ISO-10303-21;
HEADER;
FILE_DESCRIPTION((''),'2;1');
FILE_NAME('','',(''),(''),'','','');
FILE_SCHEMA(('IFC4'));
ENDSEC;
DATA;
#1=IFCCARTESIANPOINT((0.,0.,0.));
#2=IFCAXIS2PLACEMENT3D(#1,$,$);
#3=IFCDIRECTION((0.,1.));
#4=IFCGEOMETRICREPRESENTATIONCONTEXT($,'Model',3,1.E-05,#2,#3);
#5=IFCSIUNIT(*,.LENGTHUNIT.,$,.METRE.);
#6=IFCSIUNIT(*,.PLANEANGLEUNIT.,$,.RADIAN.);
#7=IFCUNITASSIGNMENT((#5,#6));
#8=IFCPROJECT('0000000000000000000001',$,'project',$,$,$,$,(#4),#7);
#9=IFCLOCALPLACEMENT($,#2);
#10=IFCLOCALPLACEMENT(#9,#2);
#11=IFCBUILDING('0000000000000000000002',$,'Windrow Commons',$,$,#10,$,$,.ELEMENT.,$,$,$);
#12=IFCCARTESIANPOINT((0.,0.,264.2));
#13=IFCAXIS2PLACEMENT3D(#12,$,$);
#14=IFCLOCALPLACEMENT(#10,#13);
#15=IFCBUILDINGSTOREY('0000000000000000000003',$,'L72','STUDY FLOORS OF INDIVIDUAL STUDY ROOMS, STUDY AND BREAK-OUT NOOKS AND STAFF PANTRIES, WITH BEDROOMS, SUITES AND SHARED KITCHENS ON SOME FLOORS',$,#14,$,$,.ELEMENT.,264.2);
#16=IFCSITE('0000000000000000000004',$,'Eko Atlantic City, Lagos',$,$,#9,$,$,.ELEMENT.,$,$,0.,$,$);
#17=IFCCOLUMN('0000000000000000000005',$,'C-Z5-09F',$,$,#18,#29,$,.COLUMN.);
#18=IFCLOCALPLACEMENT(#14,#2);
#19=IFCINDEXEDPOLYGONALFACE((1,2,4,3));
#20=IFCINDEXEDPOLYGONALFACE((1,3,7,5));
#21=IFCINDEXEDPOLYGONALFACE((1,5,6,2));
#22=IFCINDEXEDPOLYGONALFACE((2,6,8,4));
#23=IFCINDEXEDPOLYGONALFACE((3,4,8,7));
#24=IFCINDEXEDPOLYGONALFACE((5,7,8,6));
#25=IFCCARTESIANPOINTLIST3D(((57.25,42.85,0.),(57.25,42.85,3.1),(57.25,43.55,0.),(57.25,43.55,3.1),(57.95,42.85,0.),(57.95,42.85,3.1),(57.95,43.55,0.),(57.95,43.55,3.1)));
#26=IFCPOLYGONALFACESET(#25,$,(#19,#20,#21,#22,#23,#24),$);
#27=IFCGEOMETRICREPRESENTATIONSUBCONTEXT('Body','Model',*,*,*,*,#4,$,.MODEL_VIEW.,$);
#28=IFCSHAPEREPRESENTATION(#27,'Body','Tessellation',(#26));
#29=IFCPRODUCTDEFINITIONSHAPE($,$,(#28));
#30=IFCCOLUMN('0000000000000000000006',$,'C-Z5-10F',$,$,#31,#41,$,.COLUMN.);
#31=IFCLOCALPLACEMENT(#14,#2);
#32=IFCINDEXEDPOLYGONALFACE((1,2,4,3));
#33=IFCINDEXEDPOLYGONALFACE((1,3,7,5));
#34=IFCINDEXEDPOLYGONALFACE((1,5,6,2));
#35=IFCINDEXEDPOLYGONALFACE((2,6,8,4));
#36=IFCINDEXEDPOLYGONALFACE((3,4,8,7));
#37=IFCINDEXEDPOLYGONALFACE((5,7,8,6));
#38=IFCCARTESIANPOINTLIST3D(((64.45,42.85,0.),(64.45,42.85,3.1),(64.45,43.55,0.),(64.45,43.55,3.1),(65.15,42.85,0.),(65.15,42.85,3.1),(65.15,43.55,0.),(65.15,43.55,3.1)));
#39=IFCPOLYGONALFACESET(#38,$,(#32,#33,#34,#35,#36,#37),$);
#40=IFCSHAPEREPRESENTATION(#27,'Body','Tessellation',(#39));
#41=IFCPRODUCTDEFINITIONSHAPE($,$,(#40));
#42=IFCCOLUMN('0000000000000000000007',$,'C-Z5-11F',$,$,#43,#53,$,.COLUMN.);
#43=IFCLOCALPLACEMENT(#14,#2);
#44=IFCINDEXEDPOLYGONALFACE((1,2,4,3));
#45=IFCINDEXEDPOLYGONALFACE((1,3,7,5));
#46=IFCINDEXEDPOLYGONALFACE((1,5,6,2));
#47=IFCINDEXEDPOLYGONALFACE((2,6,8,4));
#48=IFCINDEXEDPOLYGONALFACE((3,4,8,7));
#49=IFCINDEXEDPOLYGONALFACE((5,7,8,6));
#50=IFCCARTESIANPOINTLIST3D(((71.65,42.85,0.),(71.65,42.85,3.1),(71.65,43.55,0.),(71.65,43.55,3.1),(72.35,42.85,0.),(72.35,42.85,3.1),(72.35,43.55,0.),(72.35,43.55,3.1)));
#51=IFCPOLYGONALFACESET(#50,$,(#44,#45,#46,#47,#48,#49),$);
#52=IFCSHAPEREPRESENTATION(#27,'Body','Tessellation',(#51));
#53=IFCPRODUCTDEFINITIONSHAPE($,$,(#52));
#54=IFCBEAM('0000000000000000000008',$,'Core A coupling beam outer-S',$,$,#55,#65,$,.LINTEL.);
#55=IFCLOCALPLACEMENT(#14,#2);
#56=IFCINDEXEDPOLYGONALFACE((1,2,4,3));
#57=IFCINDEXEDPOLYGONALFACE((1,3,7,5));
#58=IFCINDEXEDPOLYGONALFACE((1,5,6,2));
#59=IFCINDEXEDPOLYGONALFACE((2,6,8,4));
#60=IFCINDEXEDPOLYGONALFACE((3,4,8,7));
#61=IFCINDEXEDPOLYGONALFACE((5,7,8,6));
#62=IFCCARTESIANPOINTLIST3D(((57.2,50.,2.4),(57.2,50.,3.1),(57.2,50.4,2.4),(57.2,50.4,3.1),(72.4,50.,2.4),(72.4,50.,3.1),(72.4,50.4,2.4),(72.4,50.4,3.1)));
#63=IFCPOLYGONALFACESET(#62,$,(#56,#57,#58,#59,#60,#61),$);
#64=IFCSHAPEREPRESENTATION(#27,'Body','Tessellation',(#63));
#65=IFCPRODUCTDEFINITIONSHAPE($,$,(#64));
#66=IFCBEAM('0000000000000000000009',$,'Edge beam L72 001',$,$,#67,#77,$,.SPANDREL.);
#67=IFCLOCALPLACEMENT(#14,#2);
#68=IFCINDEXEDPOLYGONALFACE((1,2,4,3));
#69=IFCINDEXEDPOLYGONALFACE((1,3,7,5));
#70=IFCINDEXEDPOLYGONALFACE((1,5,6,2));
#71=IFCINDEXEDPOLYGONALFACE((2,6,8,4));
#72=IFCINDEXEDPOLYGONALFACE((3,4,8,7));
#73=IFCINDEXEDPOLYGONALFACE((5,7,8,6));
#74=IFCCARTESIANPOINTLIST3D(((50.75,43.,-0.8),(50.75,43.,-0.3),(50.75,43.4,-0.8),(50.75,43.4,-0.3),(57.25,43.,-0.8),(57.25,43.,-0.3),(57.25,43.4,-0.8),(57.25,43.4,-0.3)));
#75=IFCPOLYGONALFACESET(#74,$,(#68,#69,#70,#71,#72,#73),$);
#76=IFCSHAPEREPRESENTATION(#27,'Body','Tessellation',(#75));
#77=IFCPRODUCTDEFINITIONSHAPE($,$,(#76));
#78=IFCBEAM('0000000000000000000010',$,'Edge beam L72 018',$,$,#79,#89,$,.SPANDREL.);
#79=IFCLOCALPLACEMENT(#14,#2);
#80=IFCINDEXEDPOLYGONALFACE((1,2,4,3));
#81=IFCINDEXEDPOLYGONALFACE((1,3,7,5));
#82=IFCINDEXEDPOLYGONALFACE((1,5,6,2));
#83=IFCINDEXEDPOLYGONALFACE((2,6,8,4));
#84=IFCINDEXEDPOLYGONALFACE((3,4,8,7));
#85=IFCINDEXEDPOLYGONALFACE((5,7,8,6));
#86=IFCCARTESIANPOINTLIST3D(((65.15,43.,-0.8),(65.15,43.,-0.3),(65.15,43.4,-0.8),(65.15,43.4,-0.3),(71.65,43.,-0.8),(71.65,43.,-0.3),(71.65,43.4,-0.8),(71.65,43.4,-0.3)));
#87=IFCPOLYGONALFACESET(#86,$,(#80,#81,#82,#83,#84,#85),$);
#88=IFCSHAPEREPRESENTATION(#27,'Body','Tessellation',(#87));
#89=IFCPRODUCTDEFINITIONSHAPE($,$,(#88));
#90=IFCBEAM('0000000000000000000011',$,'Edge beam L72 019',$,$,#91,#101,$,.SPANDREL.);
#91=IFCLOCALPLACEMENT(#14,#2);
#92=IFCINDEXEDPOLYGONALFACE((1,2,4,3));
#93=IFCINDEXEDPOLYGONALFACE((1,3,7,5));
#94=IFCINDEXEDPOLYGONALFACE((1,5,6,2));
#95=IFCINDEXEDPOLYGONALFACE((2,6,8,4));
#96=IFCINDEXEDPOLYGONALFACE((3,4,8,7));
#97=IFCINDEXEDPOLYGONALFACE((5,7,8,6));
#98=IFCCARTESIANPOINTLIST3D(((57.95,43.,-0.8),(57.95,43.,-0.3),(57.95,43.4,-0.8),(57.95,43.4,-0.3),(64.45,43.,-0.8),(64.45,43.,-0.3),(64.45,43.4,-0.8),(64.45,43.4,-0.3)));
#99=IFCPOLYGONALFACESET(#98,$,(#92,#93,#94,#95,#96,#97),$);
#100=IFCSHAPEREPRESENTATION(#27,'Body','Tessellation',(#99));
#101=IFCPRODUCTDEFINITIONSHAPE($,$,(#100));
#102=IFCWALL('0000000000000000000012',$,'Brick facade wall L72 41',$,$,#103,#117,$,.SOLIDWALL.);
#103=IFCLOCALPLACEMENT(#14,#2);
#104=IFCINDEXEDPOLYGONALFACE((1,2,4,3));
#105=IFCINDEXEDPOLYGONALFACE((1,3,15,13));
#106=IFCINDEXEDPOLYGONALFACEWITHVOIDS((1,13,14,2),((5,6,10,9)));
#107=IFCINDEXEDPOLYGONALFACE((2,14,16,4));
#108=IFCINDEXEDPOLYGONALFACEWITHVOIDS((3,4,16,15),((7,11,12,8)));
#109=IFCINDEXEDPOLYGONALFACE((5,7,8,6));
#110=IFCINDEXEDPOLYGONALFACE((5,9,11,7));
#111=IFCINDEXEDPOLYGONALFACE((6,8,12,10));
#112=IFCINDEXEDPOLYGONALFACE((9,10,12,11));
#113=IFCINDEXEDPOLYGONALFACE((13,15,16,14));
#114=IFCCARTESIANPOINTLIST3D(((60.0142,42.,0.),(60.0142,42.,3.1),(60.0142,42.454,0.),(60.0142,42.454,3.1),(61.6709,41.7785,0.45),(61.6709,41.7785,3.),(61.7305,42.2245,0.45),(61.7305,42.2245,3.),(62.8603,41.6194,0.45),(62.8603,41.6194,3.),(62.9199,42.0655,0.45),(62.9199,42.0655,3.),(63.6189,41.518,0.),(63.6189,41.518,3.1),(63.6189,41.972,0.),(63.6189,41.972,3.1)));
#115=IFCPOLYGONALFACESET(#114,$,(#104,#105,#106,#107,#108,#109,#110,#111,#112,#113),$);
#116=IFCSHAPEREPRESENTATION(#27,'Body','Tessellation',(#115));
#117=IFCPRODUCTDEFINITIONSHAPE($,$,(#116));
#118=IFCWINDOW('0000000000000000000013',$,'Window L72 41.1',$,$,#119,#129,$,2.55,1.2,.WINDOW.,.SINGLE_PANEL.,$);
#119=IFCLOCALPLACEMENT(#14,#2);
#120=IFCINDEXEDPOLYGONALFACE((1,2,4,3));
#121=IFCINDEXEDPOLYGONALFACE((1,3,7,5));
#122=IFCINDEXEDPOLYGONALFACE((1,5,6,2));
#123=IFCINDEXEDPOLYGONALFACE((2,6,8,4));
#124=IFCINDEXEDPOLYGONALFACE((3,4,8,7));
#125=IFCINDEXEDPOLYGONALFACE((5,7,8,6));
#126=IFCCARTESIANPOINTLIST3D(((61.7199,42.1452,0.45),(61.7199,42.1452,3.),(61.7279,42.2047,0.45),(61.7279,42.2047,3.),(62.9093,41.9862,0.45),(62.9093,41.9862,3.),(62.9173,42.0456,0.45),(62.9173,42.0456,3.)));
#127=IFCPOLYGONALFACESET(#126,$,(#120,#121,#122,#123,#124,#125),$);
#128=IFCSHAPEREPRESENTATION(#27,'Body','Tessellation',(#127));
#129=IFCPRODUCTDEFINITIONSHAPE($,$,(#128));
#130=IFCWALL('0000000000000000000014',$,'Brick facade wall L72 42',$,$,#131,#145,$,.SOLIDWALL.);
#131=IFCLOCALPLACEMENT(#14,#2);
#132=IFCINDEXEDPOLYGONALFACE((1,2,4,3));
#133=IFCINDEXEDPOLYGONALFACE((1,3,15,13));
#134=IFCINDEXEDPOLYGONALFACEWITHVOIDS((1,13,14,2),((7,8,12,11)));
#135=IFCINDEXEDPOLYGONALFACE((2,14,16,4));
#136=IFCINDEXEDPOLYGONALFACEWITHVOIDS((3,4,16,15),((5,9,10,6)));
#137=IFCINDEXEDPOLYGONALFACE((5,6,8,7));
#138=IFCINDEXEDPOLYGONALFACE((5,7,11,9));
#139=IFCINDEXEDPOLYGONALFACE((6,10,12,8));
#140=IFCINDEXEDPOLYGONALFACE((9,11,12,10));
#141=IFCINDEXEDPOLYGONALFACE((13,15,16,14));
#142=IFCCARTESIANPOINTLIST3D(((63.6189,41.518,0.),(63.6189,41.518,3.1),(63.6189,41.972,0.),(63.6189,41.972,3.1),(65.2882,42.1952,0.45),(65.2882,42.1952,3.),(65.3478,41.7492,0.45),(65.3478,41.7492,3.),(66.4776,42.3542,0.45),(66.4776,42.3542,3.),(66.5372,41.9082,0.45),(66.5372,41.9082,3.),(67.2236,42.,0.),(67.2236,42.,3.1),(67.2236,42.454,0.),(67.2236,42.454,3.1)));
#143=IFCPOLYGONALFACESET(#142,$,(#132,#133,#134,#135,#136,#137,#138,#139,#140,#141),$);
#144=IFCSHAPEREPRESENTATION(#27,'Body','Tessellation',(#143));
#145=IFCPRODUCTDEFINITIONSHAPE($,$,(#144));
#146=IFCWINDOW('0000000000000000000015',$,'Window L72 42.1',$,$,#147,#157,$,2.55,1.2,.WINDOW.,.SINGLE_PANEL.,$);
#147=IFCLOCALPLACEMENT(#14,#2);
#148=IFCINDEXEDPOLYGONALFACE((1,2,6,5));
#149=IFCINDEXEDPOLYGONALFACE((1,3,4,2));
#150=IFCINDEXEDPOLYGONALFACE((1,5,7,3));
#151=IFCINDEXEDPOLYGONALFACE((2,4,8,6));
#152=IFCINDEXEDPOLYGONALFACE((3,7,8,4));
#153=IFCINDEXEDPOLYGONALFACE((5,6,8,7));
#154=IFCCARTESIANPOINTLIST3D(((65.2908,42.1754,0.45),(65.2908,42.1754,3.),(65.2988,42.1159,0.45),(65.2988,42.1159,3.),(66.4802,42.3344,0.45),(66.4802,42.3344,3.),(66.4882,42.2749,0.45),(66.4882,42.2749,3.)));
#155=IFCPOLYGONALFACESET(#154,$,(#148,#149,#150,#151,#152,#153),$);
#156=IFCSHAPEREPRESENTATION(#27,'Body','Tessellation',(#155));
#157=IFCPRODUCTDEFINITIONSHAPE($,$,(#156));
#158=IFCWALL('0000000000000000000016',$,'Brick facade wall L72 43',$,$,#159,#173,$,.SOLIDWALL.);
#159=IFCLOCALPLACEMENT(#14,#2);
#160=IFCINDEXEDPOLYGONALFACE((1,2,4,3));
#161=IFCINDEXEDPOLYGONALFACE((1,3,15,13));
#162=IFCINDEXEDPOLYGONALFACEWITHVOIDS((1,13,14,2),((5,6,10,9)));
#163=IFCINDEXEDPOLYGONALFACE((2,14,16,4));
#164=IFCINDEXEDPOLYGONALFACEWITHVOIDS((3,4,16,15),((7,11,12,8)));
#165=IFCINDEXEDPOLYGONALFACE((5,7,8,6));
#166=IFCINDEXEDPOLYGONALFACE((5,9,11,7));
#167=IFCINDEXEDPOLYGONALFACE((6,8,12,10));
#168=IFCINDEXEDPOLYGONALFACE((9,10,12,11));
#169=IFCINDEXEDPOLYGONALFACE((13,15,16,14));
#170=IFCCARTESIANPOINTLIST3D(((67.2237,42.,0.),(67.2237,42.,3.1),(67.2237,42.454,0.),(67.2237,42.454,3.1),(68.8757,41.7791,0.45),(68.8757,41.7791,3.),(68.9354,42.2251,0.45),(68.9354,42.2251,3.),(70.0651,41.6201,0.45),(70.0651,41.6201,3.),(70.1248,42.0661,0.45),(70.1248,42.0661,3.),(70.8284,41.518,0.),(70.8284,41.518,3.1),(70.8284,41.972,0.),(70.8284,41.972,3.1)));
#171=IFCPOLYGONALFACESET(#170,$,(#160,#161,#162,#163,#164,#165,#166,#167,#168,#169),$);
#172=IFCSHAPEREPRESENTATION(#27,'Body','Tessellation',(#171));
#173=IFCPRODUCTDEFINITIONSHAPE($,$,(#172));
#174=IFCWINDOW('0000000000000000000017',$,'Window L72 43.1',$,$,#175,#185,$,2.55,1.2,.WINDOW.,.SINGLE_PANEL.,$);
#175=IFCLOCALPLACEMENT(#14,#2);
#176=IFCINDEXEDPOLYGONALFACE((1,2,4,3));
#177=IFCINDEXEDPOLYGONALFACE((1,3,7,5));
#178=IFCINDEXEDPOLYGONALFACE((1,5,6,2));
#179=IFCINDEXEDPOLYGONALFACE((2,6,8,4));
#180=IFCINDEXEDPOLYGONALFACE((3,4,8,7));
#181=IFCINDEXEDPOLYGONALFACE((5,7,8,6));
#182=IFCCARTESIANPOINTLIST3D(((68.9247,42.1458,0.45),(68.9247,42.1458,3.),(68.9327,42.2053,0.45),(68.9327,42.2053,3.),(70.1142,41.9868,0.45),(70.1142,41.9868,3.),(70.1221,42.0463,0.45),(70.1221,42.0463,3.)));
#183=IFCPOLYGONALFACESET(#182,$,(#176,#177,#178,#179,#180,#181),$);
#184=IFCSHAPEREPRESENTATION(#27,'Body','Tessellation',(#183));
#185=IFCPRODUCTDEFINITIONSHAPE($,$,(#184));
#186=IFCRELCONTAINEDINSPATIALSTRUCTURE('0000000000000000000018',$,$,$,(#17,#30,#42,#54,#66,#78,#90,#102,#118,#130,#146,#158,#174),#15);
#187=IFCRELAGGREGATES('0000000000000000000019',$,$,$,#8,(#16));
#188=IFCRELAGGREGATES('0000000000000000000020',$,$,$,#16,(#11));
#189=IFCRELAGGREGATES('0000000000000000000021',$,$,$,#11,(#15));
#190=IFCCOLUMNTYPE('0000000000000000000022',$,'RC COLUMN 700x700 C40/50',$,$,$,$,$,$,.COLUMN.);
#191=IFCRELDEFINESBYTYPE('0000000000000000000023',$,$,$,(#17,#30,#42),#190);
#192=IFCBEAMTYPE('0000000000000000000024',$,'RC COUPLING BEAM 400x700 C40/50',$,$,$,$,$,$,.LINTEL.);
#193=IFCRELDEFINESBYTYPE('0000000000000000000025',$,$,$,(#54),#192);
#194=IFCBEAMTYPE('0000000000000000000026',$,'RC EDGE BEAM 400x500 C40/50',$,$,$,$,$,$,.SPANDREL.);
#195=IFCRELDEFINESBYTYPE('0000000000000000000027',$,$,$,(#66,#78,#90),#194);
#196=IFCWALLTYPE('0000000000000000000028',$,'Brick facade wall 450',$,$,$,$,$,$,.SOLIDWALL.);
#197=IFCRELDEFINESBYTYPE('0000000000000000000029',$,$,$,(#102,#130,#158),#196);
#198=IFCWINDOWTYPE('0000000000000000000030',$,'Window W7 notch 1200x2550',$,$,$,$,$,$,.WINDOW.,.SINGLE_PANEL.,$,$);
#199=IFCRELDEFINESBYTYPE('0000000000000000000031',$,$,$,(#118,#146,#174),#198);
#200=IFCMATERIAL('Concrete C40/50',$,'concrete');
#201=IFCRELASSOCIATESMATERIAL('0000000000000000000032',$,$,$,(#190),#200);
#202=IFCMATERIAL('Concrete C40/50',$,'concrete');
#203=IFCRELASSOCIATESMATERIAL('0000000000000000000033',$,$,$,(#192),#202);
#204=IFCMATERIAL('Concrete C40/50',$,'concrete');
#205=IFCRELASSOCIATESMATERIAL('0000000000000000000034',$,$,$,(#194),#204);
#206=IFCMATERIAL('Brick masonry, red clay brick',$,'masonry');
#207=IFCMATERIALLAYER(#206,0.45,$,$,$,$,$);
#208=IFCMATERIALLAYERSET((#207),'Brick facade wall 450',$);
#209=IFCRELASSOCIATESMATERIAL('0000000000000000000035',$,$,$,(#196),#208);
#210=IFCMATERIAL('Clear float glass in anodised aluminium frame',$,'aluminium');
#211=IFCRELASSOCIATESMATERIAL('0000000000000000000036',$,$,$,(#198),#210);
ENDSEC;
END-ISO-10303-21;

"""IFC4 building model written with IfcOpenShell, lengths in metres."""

from ifc_helpers import new_model, si_unit, direction, frame, frame_2d, origin, origin_2d, place, context, subcontext, project, spatial, polyline, rectangle, outline, extrude, material, layer, layer_set, material_profile, profile_set, type_object, element, fill, save


model = new_model("IFC4")

# Units and contexts
model_context = context("Model", 3, precision=1e-05, world=origin(), true_north=direction((0.0, 1.0)))
body_context = subcontext(model_context, "Body", "Model", "MODEL_VIEW")
ifc_project = project(units=[si_unit("LENGTHUNIT", "METRE"), si_unit("PLANEANGLEUNIT", "RADIAN")], contexts=[model_context])

# Site, building, storey
site_placement = place(None, origin())
site = spatial("IfcSite", under=ifc_project, at=site_placement, Name="Eko Atlantic City, Lagos", CompositionType="ELEMENT", RefElevation=0.0)
building_placement = place(site_placement, origin())
building = spatial("IfcBuilding", under=site, at=building_placement, Name="Windrow Commons", CompositionType="ELEMENT")
storey_placement = place(building_placement, frame((0.0, 0.0, 264.2)))
storey = spatial("IfcBuildingStorey", under=building, at=storey_placement, Name="L72", Description="STUDY FLOORS OF INDIVIDUAL STUDY ROOMS, STUDY AND BREAK-OUT NOOKS AND STAFF PANTRIES, WITH BEDROOMS, SUITES AND SHARED KITCHENS ON SOME FLOORS", CompositionType="ELEMENT", Elevation=264.2)

# Columns
ifc_material_1 = material(Name="Concrete C40/50", Category="concrete")
ifc_material_profile_1 = material_profile(ifc_material_1, rectangle(XDim=0.7, YDim=0.7, at=origin_2d()))
ifc_profile_set_1 = profile_set([ifc_material_profile_1], Name="Concrete C40/50")
column_type = type_object("IfcColumnType", Name="RC COLUMN 700x700 C40/50", PredefinedType="COLUMN", material=ifc_profile_set_1)
for number, where, z_axis, x_axis, name in (
    (1, (57.6, 43.2, 0.0), (0.0, 0.0, 1.0), (1.0, 0.0, 0.0), "C-Z5-09F"),
    (2, (64.8, 43.2, 0.0), (0.0, 0.0, 1.0), (1.0, 0.0, 0.0), "C-Z5-10F"),
    (3, (72.0, 43.2, 0.0), (0.0, 0.0, 1.0), (1.0, 0.0, 0.0), "C-Z5-11F"),
):
    element("IfcColumn", number, at=place(storey_placement, frame(where, z_axis=z_axis, x_axis=x_axis)), inside=storey, type_object=column_type, Name=name, PredefinedType="COLUMN", context=body_context, shape_type="SweptSolid", body=[
        extrude(rectangle(XDim=0.7, YDim=0.7, at=origin_2d()), origin(), (0.0, 0.0, 1.0), 3.1),
    ])

# Beams
ifc_material_2 = material(Name="Concrete C40/50", Category="concrete")
ifc_material_profile_2 = material_profile(ifc_material_2, rectangle(XDim=0.4, YDim=0.7, at=origin_2d()))
ifc_profile_set_2 = profile_set([ifc_material_profile_2], Name="Concrete C40/50")
beam_type_1 = type_object("IfcBeamType", Name="RC COUPLING BEAM 400x700 C40/50", PredefinedType="LINTEL", material=ifc_profile_set_2)
beam_placement = place(storey_placement, frame((57.2, 50.2, 2.75), z_axis=(1.0, 0.0, 0.0), x_axis=(0.0, 1.0, 0.0)))
element("IfcBeam", 4, at=beam_placement, inside=storey, type_object=beam_type_1, Name="Core A coupling beam outer-S", PredefinedType="LINTEL", context=body_context, shape_type="SweptSolid", body=[
    extrude(rectangle(XDim=0.4, YDim=0.7, at=origin_2d()), origin(), (0.0, 0.0, 1.0), 15.2),
])
ifc_material_3 = material(Name="Concrete C40/50", Category="concrete")
ifc_material_profile_3 = material_profile(ifc_material_3, rectangle(XDim=0.4, YDim=0.5, at=origin_2d()))
ifc_profile_set_3 = profile_set([ifc_material_profile_3], Name="Concrete C40/50")
beam_type_2 = type_object("IfcBeamType", Name="RC EDGE BEAM 400x500 C40/50", PredefinedType="SPANDREL", material=ifc_profile_set_3)
for number, where, z_axis, x_axis, name in (
    (5, (57.25, 43.2, -0.55), (-1.0, 0.0, 0.0), (0.0, -1.0, 0.0), "Edge beam L72 001"),
    (6, (71.65, 43.2, -0.55), (-1.0, 0.0, 0.0), (0.0, -1.0, 0.0), "Edge beam L72 018"),
    (7, (64.45, 43.2, -0.55), (-1.0, 0.0, 0.0), (0.0, -1.0, 0.0), "Edge beam L72 019"),
):
    element("IfcBeam", number, at=place(storey_placement, frame(where, z_axis=z_axis, x_axis=x_axis)), inside=storey, type_object=beam_type_2, Name=name, PredefinedType="SPANDREL", context=body_context, shape_type="SweptSolid", body=[
        extrude(rectangle(XDim=0.4, YDim=0.5, at=origin_2d()), origin(), (0.0, 0.0, 1.0), 6.5),
    ])

# Walls, openings, windows
ifc_material_4 = material(Name="Brick masonry, red clay brick", Category="masonry")
ifc_layer_1 = layer(ifc_material_4, 0.45)
ifc_layer_set_1 = layer_set([ifc_layer_1], Name="Brick facade wall 450")
wall_type_1 = type_object("IfcWallType", Name="Brick facade wall 450", PredefinedType="SOLIDWALL", material=ifc_layer_set_1)
wall_1_placement = place(storey_placement, frame((60.0142, 42.227, 0.0), z_axis=(0.0, 0.0, 1.0), x_axis=(0.991178, -0.132535, 0.0)))
wall_1 = element("IfcWall", 8, at=wall_1_placement, inside=storey, type_object=wall_type_1, Name="Brick facade wall L72 41", PredefinedType="SOLIDWALL", context=body_context, shape_type="SweptSolid", body=[
    extrude(outline(polyline([(0.0301, -0.225), (3.6669, -0.225), (3.6067, 0.225), (-0.0301, 0.225), (0.0301, -0.225)])), origin(), (0.0, 0.0, 1.0), 3.1),
])
opening_1_placement = place(wall_1_placement, frame((1.7015, 0.0, 0.45)))
opening_1 = element("IfcOpeningElement", 9, at=opening_1_placement, cuts=wall_1, PredefinedType="OPENING", context=body_context, shape_type="SweptSolid", body=[
    extrude(rectangle(XDim=1.2, YDim=2.55, at=frame_2d((0.6, 1.275))), frame((0.0, 0.235, 0.0), z_axis=(0.0, -1.0, 0.0), x_axis=(1.0, 0.0, 0.0)), (0.0, 0.0, 1.0), 0.47),
])
ifc_material_5 = material(Name="Clear float glass in anodised aluminium frame", Category="aluminium")
window_type = type_object("IfcWindowType", Name="Window W7 notch 1200x2550", PartitioningType="SINGLE_PANEL", PredefinedType="WINDOW", material=ifc_material_5)
window_1_placement = place(opening_1_placement, origin())
window_1 = element("IfcWindow", 10, at=window_1_placement, inside=storey, type_object=window_type, Name="Window L72 41.1", OverallHeight=2.55, OverallWidth=1.2, PartitioningType="SINGLE_PANEL", PredefinedType="WINDOW", context=body_context, shape_type="SweptSolid", body=[
    extrude(rectangle(XDim=1.2, YDim=2.55, at=frame_2d((0.6, 1.275))), frame((0.0, 0.205, 0.0), z_axis=(0.0, -1.0, 0.0), x_axis=(1.0, 0.0, 0.0)), (0.0, 0.0, 1.0), 0.06),
])
fill(opening_1, window_1)
wall_2_placement = place(storey_placement, frame((63.6189, 41.745, 0.0), z_axis=(0.0, 0.0, 1.0), x_axis=(0.991179, 0.132531, 0.0)))
wall_2 = element("IfcWall", 11, at=wall_2_placement, inside=storey, type_object=wall_type_1, Name="Brick facade wall L72 42", PredefinedType="SOLIDWALL", context=body_context, shape_type="SweptSolid", body=[
    extrude(outline(polyline([(-0.0301, -0.225), (3.6067, -0.225), (3.6669, 0.225), (0.0301, 0.225), (-0.0301, -0.225)])), origin(), (0.0, 0.0, 1.0), 3.1),
])
opening_2_placement = place(wall_2_placement, frame((1.7142, 0.0, 0.45)))
opening_2 = element("IfcOpeningElement", 12, at=opening_2_placement, cuts=wall_2, PredefinedType="OPENING", context=body_context, shape_type="SweptSolid", body=[
    extrude(rectangle(XDim=1.2, YDim=2.55, at=frame_2d((0.6, 1.275))), frame((0.0, 0.235, 0.0), z_axis=(0.0, -1.0, 0.0), x_axis=(1.0, 0.0, 0.0)), (0.0, 0.0, 1.0), 0.47),
])
window_2_placement = place(opening_2_placement, origin())
window_2 = element("IfcWindow", 13, at=window_2_placement, inside=storey, type_object=window_type, Name="Window L72 42.1", OverallHeight=2.55, OverallWidth=1.2, PartitioningType="SINGLE_PANEL", PredefinedType="WINDOW", context=body_context, shape_type="SweptSolid", body=[
    extrude(rectangle(XDim=1.2, YDim=2.55, at=frame_2d((0.6, 1.275))), frame((0.0, 0.205, 0.0), z_axis=(0.0, -1.0, 0.0), x_axis=(1.0, 0.0, 0.0)), (0.0, 0.0, 1.0), 0.06),
])
fill(opening_2, window_2)
wall_3_placement = place(storey_placement, frame((67.2237, 42.227, 0.0), z_axis=(0.0, 0.0, 1.0), x_axis=(0.991178, -0.132535, 0.0)))
wall_3 = element("IfcWall", 14, at=wall_3_placement, inside=storey, type_object=wall_type_1, Name="Brick facade wall L72 43", PredefinedType="SOLIDWALL", context=body_context, shape_type="SweptSolid", body=[
    extrude(outline(polyline([(0.0301, -0.225), (3.6669, -0.225), (3.6067, 0.225), (-0.0301, 0.225), (0.0301, -0.225)])), origin(), (0.0, 0.0, 1.0), 3.1),
])
opening_3_placement = place(wall_3_placement, frame((1.6968, 0.0, 0.45)))
opening_3 = element("IfcOpeningElement", 15, at=opening_3_placement, cuts=wall_3, PredefinedType="OPENING", context=body_context, shape_type="SweptSolid", body=[
    extrude(rectangle(XDim=1.2, YDim=2.55, at=frame_2d((0.6, 1.275))), frame((0.0, 0.235, 0.0), z_axis=(0.0, -1.0, 0.0), x_axis=(1.0, 0.0, 0.0)), (0.0, 0.0, 1.0), 0.47),
])
window_3_placement = place(opening_3_placement, origin())
window_3 = element("IfcWindow", 16, at=window_3_placement, inside=storey, type_object=window_type, Name="Window L72 43.1", OverallHeight=2.55, OverallWidth=1.2, PartitioningType="SINGLE_PANEL", PredefinedType="WINDOW", context=body_context, shape_type="SweptSolid", body=[
    extrude(rectangle(XDim=1.2, YDim=2.55, at=frame_2d((0.6, 1.275))), frame((0.0, 0.205, 0.0), z_axis=(0.0, -1.0, 0.0), x_axis=(1.0, 0.0, 0.0)), (0.0, 0.0, 1.0), 0.06),
])
fill(opening_3, window_3)

save(model, "model.ifc")
